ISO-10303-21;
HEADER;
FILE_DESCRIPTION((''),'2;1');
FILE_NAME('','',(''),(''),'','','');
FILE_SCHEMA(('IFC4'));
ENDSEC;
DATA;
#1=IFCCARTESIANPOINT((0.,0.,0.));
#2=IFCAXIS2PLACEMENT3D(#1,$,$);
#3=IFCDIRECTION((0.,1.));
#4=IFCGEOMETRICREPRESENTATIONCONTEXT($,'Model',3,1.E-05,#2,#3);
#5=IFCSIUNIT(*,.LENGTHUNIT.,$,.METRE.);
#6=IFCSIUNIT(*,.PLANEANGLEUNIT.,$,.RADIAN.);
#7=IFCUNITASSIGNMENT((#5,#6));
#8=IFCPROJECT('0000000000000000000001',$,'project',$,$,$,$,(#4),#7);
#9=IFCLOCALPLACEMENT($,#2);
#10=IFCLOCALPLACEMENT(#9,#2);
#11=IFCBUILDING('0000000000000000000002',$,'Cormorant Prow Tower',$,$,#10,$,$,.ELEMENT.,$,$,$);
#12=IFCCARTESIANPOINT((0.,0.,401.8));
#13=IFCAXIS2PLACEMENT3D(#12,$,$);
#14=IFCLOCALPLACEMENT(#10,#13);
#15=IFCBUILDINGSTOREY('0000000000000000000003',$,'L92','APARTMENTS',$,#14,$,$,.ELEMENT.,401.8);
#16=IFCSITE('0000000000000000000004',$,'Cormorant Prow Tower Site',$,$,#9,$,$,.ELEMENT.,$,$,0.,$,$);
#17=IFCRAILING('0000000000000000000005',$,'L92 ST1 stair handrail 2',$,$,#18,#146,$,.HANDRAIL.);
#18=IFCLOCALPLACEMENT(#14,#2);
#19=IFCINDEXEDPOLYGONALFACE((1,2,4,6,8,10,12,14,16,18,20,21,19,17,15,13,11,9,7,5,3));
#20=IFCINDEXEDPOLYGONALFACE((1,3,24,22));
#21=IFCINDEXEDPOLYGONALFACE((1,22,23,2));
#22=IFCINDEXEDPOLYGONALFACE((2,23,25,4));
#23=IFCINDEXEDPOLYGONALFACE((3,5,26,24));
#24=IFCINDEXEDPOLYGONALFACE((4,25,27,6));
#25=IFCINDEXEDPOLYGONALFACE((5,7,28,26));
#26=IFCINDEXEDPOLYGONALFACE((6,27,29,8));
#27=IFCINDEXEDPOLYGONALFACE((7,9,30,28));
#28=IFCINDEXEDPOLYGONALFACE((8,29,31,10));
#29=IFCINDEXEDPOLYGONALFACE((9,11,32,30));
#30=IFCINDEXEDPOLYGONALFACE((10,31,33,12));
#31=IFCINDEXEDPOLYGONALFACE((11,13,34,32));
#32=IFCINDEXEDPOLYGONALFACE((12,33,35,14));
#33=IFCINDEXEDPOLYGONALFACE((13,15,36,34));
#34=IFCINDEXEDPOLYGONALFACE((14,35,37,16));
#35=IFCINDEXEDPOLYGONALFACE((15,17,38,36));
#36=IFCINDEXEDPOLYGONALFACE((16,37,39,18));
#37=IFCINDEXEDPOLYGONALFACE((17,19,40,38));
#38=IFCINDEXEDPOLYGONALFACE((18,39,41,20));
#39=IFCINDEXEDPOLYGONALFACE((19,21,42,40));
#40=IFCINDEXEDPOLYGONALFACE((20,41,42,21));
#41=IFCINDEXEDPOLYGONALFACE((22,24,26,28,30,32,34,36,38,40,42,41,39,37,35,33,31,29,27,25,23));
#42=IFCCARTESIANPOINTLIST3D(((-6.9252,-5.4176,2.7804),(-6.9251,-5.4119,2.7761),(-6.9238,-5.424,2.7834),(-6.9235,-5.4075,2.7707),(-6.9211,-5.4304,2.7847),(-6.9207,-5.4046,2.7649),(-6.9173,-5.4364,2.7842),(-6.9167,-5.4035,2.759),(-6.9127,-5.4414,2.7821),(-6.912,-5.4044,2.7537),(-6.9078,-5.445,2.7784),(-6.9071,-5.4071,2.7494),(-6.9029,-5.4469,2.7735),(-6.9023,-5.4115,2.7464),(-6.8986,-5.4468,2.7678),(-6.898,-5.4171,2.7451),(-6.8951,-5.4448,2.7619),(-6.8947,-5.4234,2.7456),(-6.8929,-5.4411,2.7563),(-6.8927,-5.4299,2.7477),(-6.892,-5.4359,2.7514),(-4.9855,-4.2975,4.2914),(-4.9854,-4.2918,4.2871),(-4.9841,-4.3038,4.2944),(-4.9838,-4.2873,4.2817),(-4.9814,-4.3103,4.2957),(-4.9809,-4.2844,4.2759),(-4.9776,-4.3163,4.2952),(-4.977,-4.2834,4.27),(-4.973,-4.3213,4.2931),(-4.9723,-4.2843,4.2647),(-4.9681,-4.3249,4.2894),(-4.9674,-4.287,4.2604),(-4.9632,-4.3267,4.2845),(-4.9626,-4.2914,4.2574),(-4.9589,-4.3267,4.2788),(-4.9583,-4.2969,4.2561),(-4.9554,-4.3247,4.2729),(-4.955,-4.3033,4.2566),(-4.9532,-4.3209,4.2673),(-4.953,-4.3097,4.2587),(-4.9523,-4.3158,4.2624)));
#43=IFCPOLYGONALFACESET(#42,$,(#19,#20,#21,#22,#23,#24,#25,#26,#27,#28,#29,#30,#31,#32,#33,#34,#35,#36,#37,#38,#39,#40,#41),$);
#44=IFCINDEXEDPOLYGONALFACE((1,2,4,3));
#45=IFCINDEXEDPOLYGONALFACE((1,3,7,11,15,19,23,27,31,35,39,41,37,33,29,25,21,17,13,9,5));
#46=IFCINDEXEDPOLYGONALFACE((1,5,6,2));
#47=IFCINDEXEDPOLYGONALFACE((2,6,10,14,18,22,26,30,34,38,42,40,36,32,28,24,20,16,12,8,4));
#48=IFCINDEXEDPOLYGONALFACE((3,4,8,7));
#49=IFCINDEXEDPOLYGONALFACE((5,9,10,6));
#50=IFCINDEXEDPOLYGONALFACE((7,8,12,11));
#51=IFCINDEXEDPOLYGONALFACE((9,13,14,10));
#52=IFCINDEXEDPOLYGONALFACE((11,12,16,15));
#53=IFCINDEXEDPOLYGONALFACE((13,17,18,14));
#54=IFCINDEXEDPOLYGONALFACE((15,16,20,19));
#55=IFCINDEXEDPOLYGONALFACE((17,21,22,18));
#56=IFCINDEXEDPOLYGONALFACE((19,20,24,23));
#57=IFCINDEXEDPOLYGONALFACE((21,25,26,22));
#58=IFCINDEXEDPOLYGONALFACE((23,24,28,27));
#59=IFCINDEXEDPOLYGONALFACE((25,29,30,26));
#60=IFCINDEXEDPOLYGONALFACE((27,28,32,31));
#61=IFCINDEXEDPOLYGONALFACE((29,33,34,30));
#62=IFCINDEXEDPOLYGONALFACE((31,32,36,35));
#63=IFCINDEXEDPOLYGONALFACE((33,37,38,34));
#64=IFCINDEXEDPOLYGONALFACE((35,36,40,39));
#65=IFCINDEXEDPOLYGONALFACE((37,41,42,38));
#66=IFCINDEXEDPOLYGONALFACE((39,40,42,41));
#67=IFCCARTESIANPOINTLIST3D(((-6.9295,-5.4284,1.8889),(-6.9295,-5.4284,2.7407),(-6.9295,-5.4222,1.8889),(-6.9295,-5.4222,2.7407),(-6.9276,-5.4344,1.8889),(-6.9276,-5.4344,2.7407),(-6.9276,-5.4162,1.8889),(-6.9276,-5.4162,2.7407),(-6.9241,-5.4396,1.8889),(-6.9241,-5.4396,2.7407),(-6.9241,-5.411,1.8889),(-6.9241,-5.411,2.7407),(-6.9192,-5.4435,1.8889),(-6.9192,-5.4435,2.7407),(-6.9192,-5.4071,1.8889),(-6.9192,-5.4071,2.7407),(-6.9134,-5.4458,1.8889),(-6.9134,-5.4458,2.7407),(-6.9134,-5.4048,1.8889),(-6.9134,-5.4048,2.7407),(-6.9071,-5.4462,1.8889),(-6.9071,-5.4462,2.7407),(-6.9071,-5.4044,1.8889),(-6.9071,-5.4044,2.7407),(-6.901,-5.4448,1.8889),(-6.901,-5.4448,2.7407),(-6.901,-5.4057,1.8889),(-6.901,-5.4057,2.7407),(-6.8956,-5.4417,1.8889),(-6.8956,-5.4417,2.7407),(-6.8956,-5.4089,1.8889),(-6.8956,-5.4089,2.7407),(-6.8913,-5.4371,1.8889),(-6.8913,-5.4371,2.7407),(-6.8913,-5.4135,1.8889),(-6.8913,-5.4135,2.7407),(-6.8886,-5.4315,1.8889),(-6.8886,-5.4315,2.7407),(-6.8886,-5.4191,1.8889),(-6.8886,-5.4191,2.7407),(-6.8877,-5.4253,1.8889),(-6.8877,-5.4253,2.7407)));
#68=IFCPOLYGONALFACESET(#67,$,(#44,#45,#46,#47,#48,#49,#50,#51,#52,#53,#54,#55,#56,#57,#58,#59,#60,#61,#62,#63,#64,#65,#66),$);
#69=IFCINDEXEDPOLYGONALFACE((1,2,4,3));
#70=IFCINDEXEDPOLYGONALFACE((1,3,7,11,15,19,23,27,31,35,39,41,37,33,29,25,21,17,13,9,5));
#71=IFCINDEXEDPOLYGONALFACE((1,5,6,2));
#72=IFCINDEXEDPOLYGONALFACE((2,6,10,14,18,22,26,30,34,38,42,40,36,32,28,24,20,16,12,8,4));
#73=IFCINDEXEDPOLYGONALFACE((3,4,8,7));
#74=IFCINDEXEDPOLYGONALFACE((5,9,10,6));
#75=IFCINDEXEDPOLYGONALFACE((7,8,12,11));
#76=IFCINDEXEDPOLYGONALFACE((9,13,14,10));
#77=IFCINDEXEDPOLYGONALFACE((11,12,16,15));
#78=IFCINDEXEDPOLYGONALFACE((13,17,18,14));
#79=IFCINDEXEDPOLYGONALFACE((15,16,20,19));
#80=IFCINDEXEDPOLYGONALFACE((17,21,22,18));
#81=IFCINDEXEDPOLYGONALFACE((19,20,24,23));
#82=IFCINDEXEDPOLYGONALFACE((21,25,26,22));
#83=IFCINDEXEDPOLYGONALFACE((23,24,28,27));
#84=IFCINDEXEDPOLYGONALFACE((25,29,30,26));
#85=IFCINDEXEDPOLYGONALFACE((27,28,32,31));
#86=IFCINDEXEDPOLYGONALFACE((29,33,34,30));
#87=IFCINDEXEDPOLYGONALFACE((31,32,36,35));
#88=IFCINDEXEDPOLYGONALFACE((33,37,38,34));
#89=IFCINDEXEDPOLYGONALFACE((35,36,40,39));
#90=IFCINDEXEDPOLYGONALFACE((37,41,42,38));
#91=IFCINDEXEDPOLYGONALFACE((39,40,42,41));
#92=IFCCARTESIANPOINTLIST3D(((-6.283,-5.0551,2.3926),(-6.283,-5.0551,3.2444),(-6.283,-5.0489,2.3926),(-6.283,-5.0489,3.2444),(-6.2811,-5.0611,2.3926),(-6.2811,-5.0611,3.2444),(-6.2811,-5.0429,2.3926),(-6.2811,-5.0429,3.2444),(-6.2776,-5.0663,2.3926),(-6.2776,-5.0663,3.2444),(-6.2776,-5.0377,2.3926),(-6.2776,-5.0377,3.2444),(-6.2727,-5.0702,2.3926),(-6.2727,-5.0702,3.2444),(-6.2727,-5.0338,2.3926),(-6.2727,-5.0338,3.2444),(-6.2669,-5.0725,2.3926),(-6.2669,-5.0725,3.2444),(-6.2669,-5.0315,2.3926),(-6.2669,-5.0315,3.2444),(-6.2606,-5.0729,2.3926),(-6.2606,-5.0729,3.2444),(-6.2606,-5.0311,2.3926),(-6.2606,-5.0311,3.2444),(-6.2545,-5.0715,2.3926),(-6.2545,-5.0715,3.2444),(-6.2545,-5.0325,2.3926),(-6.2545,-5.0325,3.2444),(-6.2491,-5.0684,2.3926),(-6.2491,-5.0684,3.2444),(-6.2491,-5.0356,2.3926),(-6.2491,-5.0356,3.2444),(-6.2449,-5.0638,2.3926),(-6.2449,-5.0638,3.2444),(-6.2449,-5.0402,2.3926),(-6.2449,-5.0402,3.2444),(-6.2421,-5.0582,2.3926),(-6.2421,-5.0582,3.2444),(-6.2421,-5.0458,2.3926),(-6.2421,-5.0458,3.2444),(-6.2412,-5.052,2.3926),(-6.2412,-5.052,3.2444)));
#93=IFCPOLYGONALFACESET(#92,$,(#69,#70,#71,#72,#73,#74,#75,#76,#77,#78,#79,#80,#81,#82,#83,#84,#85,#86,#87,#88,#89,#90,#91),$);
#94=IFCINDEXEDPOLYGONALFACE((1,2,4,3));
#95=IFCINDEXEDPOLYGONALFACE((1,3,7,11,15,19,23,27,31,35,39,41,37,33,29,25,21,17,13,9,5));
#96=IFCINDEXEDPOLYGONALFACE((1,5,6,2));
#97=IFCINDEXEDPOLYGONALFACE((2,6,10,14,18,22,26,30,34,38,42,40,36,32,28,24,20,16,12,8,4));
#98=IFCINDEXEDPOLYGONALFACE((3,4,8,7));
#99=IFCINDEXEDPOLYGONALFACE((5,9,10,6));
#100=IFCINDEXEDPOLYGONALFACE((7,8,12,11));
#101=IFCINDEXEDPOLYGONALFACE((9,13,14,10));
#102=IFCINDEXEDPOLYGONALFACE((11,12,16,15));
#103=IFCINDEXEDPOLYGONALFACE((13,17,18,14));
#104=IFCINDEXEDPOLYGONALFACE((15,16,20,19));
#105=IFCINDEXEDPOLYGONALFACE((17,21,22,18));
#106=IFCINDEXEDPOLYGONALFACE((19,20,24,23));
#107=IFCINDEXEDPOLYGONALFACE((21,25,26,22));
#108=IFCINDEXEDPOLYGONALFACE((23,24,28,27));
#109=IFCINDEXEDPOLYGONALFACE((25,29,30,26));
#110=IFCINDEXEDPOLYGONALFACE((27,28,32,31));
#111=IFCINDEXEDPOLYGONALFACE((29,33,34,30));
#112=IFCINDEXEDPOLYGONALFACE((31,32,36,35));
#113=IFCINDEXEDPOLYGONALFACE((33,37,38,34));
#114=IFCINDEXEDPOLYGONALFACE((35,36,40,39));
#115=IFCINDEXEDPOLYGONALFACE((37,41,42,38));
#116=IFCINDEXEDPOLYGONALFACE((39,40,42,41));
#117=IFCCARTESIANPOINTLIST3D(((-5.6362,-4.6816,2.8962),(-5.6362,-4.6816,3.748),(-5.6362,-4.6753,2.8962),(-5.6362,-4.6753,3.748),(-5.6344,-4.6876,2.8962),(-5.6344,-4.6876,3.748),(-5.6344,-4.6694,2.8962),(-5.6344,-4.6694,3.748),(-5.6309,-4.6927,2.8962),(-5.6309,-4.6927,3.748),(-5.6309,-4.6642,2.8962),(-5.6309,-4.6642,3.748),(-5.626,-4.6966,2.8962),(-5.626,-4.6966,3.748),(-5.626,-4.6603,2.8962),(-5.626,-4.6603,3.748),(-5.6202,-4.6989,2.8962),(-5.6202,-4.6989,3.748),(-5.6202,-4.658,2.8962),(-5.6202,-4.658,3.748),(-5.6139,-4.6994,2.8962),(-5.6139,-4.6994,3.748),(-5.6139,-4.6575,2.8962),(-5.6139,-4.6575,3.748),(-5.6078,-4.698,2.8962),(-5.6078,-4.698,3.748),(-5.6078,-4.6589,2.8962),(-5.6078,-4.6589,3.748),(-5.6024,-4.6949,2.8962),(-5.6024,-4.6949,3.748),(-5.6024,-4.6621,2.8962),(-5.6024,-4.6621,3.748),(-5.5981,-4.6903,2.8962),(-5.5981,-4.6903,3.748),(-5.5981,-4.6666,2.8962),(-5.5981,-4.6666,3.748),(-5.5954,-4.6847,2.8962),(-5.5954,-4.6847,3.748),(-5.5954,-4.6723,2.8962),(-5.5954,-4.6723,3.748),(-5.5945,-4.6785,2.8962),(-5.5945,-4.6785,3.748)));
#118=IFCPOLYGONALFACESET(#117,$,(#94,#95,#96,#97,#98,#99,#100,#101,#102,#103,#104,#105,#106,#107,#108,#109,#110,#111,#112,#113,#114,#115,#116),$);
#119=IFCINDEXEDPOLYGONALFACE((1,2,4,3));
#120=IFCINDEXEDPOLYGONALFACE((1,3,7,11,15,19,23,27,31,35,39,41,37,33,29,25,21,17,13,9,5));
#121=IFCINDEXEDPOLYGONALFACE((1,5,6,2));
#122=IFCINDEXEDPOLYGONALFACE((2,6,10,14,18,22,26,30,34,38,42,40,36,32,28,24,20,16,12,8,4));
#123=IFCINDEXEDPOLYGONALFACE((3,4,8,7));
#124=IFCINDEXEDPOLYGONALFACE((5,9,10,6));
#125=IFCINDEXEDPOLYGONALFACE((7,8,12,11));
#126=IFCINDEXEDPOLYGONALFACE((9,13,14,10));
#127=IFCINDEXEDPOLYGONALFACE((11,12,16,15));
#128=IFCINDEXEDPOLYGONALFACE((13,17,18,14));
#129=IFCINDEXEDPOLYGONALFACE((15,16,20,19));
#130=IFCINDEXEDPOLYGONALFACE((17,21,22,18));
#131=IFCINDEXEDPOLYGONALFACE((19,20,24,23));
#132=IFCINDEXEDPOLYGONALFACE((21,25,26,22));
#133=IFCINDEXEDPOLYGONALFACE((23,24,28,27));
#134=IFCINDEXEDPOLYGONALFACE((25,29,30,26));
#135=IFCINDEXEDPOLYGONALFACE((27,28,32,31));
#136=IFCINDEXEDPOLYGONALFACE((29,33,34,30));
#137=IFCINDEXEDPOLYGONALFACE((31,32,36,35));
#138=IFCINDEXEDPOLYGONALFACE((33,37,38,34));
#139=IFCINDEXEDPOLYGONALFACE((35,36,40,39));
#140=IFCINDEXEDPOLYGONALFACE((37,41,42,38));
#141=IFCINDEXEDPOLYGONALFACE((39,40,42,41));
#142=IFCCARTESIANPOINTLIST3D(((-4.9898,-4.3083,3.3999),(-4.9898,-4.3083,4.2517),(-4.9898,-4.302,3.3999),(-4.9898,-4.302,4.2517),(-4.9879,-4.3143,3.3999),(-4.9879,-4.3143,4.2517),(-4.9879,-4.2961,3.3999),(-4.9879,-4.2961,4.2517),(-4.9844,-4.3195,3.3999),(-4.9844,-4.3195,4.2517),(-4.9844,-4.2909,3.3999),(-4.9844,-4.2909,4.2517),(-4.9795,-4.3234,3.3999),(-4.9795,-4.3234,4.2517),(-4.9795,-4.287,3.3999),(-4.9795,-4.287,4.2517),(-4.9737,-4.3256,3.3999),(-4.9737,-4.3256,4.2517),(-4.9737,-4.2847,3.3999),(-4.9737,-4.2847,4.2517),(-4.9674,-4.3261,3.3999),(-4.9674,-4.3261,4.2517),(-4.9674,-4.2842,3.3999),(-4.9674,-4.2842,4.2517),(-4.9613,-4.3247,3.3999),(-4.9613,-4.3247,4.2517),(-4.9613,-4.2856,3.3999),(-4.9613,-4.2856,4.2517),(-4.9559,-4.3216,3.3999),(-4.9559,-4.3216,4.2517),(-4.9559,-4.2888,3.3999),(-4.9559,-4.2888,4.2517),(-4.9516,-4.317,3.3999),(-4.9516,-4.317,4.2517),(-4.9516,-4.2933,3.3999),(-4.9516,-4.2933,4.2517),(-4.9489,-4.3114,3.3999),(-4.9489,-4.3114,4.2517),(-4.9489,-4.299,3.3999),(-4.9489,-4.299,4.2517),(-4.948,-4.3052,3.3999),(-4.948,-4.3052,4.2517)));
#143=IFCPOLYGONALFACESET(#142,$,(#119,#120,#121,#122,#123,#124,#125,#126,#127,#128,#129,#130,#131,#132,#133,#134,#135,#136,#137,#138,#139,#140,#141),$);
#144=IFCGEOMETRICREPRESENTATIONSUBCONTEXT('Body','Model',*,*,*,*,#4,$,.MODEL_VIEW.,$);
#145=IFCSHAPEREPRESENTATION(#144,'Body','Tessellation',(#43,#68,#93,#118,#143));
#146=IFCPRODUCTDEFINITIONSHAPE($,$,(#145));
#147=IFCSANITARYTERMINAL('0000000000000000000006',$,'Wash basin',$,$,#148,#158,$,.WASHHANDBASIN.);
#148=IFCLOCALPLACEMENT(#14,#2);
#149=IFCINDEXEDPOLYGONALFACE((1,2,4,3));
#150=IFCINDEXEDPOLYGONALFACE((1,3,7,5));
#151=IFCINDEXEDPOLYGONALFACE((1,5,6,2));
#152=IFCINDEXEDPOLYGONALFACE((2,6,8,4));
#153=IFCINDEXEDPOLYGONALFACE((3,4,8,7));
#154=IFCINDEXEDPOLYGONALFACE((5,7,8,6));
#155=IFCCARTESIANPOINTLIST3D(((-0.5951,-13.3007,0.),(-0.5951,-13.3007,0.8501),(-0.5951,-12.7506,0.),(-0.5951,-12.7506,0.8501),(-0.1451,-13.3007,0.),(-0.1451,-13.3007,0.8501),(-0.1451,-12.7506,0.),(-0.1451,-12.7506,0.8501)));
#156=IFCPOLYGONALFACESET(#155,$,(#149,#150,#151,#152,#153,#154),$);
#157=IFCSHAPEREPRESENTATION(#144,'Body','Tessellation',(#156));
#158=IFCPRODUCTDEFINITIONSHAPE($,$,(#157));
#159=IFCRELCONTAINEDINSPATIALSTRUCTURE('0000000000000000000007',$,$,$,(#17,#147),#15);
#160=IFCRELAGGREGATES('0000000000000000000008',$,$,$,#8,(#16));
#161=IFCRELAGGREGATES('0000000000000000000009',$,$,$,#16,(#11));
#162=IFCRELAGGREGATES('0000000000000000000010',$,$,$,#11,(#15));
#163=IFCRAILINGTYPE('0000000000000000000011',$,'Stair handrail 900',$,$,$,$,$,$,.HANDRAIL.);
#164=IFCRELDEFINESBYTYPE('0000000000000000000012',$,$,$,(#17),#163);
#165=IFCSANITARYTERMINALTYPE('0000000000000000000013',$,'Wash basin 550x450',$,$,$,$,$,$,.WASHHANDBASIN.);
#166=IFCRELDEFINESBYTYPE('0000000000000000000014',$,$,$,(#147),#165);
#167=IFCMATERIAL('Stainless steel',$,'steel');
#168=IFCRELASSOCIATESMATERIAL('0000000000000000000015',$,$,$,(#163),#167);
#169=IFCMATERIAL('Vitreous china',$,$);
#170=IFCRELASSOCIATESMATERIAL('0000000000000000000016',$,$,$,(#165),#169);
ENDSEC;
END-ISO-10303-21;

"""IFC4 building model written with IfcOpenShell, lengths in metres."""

from ifc_helpers import new_model, si_unit, direction, frame, origin, origin_2d, place, context, subcontext, project, spatial, rectangle, circle, extrude, material, type_object, element, save


model = new_model("IFC4")

# Units and contexts
model_context = context("Model", 3, precision=1e-05, world=origin(), true_north=direction((0.0, 1.0)))
body_context = subcontext(model_context, "Body", "Model", "MODEL_VIEW")
ifc_project = project(units=[si_unit("LENGTHUNIT", "METRE"), si_unit("PLANEANGLEUNIT", "RADIAN")], contexts=[model_context])

# Site, building, storey
site_placement = place(None, origin())
site = spatial("IfcSite", under=ifc_project, at=site_placement, Name="Cormorant Prow Tower Site", CompositionType="ELEMENT", RefElevation=0.0)
building_placement = place(site_placement, origin())
building = spatial("IfcBuilding", under=site, at=building_placement, Name="Cormorant Prow Tower", CompositionType="ELEMENT")
storey_placement = place(building_placement, frame((0.0, 0.0, 401.8)))
storey = spatial("IfcBuildingStorey", under=building, at=storey_placement, Name="L92", Description="APARTMENTS", CompositionType="ELEMENT", Elevation=401.8)

# Railing
ifc_material_1 = material(Name="Stainless steel", Category="steel")
railing_type_1 = type_object("IfcRailingType", Name="Stair handrail 900", PredefinedType="HANDRAIL", material=ifc_material_1)
railing_1_placement = place(storey_placement, frame((-6.9087, -5.4253, 1.8889)))
element("IfcRailing", 1, at=railing_1_placement, inside=storey, type_object=railing_type_1, Name="L92 ST1 stair handrail 2", PredefinedType="HANDRAIL", context=body_context, shape_type="SweptSolid", body=[
    extrude(circle(Radius=0.0239, at=origin_2d()), frame((0.0, 0.0, 0.876), z_axis=(0.717906, 0.414569, 0.559235), x_axis=(-0.500078, 0.86598, 0.0)), (0.0, 0.0, 1.0), 2.7019),
    extrude(circle(Radius=0.021, at=origin_2d()), origin(), (0.0, 0.0, 1.0), 0.8518),
    extrude(circle(Radius=0.021, at=origin_2d()), frame((0.6465, 0.3733, 0.5037)), (0.0, 0.0, 1.0), 0.8518),
    extrude(circle(Radius=0.021, at=origin_2d()), frame((1.2932, 0.7468, 1.0073)), (0.0, 0.0, 1.0), 0.8518),
    extrude(circle(Radius=0.021, at=origin_2d()), frame((1.9397, 1.1201, 1.511)), (0.0, 0.0, 1.0), 0.8518),
])

# Sanitary terminal
ifc_material_2 = material(Name="Vitreous china")
sanitary_terminal_type = type_object("IfcSanitaryTerminalType", Name="Wash basin 550x450", PredefinedType="WASHHANDBASIN", material=ifc_material_2)
sanitary_terminal_placement = place(storey_placement, frame((-0.3701, -13.0256, 0.0), z_axis=(0.0, 0.0, 1.0), x_axis=(0.0, -1.0, 0.0)))
element("IfcSanitaryTerminal", 2, at=sanitary_terminal_placement, inside=storey, type_object=sanitary_terminal_type, Name="Wash basin", PredefinedType="WASHHANDBASIN", context=body_context, shape_type="SweptSolid", body=[
    extrude(rectangle(XDim=0.55, YDim=0.45, at=origin_2d()), origin(), (0.0, 0.0, 1.0), 0.8501),
])

save(model, "model.ifc")
